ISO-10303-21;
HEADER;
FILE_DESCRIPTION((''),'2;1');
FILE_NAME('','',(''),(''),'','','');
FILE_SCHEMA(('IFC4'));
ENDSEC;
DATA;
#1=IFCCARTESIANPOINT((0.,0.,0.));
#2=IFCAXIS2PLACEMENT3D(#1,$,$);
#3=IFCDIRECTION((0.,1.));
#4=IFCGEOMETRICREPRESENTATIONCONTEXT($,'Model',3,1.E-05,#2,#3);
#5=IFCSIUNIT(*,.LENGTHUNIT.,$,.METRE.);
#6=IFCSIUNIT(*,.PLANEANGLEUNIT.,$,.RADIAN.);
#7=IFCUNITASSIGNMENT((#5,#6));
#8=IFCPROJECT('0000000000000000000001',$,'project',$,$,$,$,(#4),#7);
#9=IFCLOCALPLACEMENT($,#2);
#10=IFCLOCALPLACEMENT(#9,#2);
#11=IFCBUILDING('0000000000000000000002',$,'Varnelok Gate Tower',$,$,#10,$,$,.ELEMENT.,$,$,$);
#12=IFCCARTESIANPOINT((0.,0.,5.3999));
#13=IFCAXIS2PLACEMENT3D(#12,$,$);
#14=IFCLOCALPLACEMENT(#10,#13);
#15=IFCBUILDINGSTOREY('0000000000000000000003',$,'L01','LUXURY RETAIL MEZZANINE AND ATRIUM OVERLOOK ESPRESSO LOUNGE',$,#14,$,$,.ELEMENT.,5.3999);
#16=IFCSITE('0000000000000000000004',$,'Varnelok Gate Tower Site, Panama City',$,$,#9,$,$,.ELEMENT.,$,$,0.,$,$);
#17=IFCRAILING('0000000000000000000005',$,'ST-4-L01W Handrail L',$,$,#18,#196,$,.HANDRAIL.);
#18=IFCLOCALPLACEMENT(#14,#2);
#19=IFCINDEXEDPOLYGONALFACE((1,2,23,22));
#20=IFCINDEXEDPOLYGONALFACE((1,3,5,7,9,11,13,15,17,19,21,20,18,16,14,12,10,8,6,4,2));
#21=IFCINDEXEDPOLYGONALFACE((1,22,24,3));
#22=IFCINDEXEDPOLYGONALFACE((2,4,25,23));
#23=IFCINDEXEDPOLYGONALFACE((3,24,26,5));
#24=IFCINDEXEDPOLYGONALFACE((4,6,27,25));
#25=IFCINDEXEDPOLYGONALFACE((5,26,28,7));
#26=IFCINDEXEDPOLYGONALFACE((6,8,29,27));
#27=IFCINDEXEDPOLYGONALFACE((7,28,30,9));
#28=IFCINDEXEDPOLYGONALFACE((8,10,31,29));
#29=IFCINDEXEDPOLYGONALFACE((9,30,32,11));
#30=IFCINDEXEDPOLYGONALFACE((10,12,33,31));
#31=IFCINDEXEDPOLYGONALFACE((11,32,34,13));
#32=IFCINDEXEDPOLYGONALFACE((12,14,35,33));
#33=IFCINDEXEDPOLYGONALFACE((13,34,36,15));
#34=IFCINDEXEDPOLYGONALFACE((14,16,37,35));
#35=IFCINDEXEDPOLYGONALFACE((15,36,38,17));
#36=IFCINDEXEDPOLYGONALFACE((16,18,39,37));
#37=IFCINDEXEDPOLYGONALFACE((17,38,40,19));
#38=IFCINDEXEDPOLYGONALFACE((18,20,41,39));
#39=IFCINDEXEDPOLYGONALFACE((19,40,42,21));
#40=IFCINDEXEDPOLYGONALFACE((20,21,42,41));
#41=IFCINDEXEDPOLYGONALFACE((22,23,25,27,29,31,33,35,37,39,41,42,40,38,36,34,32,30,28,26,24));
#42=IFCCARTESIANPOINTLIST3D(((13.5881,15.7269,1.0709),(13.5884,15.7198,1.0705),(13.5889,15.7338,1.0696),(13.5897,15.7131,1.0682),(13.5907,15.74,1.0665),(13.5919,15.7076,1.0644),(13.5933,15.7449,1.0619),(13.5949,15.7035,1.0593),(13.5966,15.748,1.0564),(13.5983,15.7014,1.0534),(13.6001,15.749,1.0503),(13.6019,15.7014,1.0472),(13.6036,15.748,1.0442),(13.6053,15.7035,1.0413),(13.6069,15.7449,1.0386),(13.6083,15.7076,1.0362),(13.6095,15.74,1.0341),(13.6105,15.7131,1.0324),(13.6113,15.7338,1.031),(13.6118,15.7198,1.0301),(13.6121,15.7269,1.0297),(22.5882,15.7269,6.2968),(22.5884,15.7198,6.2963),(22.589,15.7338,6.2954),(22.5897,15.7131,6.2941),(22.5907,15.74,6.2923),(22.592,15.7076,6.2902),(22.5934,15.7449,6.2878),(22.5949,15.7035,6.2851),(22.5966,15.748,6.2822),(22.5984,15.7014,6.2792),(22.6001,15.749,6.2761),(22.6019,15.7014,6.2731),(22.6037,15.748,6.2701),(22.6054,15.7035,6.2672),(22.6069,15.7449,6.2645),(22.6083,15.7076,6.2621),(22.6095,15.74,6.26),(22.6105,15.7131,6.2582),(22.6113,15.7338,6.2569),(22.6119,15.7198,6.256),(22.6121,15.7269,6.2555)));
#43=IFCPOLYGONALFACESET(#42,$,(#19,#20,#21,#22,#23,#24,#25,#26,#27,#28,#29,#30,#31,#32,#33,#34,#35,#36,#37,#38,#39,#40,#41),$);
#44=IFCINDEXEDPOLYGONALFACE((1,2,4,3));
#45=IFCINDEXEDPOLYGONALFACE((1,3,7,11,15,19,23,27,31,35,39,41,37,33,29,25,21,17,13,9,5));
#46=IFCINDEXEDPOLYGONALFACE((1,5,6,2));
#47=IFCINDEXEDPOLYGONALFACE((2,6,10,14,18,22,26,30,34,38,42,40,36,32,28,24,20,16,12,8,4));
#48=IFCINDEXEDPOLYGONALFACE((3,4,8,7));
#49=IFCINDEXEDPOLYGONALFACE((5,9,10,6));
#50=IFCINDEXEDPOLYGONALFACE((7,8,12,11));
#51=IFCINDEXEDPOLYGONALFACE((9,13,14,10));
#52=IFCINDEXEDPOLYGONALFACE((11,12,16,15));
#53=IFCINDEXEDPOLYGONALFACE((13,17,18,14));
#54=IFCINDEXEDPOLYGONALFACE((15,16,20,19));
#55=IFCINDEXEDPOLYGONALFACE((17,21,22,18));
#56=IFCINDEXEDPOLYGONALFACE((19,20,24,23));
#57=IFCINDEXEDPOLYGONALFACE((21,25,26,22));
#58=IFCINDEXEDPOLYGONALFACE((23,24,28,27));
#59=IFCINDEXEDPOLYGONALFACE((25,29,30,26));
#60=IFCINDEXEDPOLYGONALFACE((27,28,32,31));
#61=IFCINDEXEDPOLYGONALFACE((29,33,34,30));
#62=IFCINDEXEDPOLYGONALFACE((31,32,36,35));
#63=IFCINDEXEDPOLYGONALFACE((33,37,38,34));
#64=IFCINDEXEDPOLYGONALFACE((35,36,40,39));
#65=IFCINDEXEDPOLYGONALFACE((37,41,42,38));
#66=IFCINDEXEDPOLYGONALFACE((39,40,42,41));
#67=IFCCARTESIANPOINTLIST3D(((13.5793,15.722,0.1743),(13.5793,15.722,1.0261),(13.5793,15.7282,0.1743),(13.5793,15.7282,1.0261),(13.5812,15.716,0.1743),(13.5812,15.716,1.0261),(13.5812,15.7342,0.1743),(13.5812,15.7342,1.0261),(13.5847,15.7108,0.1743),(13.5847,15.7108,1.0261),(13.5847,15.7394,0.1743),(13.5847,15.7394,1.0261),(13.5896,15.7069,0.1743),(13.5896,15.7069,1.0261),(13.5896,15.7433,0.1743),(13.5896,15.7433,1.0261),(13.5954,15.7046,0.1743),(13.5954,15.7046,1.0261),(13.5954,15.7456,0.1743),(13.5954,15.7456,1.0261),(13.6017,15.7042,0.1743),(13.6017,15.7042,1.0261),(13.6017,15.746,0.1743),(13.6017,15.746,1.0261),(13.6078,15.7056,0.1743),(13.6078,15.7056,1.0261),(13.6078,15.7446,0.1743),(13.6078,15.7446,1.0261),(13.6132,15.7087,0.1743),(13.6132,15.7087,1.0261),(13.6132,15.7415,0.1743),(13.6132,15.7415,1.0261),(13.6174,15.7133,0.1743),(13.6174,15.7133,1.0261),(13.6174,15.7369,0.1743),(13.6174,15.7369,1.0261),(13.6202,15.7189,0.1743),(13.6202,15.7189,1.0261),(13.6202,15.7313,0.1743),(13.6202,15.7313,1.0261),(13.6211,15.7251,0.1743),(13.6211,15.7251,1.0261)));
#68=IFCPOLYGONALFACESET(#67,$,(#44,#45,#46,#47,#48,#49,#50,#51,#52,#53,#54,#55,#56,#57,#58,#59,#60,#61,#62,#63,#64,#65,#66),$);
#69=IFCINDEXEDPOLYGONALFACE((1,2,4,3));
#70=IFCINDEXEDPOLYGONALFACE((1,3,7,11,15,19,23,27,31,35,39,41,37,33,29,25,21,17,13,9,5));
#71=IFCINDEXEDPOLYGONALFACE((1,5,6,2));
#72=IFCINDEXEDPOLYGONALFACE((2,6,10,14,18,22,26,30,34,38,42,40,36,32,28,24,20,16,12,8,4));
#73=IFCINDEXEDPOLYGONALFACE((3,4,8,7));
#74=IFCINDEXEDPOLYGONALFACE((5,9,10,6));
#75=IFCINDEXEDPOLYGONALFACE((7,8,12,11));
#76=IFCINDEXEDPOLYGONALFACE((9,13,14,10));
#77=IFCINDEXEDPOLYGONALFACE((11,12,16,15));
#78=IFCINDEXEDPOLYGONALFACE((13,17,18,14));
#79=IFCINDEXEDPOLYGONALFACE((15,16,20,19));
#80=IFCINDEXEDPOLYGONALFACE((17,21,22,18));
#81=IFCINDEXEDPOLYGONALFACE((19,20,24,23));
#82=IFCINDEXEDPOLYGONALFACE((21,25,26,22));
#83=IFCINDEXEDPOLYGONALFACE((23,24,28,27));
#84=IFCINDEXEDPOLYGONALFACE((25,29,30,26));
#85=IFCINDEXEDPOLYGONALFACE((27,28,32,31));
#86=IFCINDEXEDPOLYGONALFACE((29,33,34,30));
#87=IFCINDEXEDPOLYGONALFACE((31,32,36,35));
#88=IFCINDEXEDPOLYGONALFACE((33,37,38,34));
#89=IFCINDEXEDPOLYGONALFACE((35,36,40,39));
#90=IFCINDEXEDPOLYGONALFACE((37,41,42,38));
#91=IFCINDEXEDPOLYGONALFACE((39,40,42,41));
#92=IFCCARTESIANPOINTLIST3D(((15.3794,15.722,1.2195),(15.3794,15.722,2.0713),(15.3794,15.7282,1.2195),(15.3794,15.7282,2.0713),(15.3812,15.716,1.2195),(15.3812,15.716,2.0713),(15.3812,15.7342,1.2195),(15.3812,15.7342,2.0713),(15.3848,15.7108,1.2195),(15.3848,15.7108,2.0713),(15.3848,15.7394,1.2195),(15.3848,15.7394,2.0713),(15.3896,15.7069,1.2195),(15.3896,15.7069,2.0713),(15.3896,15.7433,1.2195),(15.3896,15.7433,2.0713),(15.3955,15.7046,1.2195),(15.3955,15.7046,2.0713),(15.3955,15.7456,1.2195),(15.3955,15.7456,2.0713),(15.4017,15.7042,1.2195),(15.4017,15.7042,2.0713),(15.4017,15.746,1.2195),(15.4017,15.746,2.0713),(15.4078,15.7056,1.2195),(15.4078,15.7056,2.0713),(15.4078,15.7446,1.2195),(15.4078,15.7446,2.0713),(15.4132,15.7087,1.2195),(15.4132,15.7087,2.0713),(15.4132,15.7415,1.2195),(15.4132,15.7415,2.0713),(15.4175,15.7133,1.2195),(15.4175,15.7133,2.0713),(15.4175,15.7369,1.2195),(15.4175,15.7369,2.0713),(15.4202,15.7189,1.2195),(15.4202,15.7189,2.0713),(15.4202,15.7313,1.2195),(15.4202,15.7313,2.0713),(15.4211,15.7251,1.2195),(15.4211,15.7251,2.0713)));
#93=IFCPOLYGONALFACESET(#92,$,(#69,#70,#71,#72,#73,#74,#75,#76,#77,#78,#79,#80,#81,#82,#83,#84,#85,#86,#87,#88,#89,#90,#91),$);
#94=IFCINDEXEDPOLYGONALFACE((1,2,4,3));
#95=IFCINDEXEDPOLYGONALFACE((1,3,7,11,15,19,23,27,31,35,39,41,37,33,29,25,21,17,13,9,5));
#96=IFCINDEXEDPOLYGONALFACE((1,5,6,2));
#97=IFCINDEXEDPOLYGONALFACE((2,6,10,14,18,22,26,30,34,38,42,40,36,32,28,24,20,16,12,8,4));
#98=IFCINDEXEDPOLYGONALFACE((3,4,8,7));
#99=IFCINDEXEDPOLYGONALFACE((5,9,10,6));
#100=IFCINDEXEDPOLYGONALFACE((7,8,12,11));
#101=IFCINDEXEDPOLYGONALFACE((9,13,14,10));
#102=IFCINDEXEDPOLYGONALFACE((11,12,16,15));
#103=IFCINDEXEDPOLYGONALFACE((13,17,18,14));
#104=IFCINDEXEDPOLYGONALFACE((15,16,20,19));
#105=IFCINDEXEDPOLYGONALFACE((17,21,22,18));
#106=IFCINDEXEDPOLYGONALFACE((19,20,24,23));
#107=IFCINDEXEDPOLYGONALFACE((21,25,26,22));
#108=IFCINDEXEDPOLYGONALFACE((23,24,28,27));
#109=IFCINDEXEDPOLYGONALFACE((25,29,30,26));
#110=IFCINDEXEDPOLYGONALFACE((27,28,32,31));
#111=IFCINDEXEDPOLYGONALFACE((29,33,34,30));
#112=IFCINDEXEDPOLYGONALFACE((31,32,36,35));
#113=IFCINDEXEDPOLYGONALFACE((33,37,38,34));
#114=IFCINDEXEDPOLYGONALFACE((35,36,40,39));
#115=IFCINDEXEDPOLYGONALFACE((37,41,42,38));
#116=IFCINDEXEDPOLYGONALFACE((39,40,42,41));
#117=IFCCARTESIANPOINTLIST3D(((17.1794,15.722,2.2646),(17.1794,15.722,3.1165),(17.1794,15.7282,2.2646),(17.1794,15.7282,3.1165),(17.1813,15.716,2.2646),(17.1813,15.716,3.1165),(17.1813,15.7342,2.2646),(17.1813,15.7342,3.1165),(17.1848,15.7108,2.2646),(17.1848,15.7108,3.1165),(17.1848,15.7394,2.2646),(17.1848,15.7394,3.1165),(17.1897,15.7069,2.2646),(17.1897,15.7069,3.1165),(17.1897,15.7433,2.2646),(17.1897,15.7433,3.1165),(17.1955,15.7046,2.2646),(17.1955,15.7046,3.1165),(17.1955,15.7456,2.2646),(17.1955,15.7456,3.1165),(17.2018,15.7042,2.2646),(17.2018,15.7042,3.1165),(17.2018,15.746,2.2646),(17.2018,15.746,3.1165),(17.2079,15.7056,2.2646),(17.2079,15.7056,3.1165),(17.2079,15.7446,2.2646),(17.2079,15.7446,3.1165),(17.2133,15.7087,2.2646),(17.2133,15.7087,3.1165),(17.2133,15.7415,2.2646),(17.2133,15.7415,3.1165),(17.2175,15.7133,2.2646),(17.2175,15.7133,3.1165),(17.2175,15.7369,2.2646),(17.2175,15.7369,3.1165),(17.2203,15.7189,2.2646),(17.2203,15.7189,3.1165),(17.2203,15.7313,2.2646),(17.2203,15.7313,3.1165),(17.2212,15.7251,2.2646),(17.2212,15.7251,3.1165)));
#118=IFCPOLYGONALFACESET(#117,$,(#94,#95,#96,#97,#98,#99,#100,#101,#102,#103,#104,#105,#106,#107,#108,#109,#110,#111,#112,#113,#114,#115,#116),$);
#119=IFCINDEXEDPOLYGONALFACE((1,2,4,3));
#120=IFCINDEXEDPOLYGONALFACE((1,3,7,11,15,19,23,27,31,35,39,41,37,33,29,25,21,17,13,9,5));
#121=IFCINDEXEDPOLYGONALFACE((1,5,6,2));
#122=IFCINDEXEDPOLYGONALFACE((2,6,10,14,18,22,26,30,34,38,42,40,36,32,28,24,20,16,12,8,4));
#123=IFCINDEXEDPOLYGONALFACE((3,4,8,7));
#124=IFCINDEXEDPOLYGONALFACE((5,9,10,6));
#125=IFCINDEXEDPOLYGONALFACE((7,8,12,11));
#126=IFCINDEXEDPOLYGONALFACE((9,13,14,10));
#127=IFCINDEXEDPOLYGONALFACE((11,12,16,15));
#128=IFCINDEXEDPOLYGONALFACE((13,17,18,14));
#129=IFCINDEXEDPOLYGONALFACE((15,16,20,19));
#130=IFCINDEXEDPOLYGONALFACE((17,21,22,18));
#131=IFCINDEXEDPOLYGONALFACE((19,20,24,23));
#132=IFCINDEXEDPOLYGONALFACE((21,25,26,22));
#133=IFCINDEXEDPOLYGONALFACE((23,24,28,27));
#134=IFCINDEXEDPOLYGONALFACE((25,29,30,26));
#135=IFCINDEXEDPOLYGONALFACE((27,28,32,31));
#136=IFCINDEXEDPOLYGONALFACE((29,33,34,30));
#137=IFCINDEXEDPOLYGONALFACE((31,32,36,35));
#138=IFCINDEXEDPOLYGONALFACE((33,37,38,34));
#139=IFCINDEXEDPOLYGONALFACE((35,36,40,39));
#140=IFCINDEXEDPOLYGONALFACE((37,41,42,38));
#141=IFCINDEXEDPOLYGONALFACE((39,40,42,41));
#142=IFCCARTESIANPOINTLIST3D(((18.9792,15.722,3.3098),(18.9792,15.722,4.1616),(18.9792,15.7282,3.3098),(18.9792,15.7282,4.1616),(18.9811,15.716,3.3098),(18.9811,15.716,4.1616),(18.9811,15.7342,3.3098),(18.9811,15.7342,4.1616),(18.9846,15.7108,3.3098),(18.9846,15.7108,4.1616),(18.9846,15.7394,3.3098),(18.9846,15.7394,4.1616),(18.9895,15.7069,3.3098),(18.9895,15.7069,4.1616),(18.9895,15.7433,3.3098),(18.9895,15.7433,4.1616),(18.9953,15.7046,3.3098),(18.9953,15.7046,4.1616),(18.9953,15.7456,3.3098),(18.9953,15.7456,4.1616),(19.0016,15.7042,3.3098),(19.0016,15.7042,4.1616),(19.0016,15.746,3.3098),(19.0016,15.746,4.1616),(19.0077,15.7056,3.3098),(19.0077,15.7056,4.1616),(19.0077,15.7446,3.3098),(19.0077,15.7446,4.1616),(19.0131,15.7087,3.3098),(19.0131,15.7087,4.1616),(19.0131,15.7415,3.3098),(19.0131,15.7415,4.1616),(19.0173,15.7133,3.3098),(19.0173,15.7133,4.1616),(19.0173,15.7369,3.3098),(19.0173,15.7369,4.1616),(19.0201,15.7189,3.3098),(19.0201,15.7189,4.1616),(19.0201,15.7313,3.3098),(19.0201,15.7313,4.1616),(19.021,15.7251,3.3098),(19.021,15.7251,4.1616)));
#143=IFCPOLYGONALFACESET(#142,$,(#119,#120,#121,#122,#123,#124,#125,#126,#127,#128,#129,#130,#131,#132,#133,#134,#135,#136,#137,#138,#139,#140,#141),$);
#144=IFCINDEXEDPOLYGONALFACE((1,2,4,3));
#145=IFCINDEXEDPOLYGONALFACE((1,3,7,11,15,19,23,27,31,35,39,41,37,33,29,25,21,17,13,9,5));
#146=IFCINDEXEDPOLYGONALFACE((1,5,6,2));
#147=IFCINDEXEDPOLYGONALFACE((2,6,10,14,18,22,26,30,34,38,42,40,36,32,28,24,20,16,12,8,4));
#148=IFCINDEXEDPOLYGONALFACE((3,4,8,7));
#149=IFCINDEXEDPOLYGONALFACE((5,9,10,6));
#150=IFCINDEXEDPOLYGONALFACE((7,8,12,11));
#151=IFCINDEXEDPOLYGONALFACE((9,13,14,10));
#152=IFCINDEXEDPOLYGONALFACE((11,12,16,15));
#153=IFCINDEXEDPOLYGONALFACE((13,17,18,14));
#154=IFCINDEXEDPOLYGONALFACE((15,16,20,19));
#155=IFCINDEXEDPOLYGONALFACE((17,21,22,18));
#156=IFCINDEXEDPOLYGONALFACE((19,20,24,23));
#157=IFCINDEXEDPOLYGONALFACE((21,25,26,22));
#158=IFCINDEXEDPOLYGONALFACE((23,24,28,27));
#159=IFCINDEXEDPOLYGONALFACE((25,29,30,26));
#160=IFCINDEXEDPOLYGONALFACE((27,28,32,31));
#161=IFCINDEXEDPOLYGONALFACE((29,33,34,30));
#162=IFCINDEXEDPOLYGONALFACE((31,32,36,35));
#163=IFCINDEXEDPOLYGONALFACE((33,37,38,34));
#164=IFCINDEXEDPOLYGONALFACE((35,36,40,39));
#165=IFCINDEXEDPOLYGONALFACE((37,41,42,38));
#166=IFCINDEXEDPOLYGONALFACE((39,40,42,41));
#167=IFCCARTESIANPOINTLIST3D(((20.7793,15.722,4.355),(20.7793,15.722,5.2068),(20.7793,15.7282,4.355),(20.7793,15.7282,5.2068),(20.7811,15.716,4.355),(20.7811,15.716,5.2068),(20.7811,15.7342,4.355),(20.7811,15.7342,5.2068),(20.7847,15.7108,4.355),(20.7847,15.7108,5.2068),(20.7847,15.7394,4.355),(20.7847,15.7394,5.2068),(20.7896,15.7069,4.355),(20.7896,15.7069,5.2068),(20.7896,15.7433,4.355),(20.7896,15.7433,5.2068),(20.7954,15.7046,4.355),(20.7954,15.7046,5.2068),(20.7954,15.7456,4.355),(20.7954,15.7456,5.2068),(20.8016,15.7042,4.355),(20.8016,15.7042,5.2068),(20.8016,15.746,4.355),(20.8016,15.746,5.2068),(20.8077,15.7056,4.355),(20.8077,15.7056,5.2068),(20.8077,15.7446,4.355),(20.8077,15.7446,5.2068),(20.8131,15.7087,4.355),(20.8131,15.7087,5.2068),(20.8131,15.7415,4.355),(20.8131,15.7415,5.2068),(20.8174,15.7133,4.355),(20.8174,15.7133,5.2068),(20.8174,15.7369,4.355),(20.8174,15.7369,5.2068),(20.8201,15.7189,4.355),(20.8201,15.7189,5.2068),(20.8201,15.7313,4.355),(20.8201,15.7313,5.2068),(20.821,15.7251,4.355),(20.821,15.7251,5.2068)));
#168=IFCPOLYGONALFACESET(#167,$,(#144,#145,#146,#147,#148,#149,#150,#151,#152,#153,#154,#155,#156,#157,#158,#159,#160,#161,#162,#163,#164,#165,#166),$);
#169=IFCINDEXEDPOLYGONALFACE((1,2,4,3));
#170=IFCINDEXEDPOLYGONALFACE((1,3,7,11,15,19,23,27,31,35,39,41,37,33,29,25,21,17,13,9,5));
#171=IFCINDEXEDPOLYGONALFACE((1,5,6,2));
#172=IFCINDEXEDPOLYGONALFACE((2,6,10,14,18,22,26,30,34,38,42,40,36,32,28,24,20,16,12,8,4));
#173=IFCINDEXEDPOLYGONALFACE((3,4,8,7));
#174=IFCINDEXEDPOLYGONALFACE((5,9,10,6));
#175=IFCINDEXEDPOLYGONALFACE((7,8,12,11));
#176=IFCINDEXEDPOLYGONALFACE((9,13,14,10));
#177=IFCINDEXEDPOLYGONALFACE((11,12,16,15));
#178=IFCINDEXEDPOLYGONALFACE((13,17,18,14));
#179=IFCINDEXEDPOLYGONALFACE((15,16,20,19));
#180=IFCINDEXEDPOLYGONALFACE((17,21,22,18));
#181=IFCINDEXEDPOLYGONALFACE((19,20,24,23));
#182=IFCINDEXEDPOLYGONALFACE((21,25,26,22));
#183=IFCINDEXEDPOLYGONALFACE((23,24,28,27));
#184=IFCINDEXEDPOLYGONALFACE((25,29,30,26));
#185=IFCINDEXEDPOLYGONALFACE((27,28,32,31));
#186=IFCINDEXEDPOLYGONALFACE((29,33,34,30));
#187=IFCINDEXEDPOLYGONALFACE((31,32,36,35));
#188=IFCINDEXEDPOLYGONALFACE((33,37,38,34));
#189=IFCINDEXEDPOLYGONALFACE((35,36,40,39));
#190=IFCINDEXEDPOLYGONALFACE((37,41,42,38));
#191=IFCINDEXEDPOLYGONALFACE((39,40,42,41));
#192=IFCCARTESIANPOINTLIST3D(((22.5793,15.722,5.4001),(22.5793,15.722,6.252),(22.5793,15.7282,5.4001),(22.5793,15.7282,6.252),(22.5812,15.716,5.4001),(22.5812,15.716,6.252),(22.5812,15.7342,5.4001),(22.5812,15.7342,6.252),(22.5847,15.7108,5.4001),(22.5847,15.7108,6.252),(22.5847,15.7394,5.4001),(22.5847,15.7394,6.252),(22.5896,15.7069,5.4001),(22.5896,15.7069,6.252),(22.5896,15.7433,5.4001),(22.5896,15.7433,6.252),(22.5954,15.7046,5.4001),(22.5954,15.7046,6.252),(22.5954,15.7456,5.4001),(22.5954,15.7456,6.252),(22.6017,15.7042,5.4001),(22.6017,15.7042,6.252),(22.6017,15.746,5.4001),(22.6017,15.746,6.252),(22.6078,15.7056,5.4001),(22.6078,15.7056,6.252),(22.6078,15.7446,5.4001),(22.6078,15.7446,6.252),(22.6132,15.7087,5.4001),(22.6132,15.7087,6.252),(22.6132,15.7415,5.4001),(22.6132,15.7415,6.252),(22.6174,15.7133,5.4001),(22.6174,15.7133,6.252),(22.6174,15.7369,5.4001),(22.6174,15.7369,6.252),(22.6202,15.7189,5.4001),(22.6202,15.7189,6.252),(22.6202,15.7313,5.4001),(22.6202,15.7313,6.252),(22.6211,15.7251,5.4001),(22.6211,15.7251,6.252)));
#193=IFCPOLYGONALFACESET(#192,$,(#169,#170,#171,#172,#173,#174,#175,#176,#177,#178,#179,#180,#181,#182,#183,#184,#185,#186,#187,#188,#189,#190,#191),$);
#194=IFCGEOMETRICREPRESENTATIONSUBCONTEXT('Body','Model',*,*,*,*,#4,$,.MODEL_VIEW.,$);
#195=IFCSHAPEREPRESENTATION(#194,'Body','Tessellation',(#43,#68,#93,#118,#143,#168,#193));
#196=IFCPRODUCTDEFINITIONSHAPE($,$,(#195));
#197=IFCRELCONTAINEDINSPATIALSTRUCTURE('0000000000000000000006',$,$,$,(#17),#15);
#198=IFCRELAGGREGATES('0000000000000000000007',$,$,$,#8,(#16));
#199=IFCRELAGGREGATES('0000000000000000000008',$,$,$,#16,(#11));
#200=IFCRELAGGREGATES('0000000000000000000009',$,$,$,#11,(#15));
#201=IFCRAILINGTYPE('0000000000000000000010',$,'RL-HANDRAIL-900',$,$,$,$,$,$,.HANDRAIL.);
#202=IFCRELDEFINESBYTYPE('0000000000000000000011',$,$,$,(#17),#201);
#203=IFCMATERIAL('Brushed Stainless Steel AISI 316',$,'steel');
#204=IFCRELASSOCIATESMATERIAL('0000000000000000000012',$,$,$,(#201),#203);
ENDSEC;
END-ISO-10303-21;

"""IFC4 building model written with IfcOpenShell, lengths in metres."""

from ifc_helpers import new_model, si_unit, direction, frame, origin, origin_2d, place, context, subcontext, project, spatial, circle, extrude, material, type_object, element, save


model = new_model("IFC4")

# Units and contexts
model_context = context("Model", 3, precision=1e-05, world=origin(), true_north=direction((0.0, 1.0)))
body_context = subcontext(model_context, "Body", "Model", "MODEL_VIEW")
ifc_project = project(units=[si_unit("LENGTHUNIT", "METRE"), si_unit("PLANEANGLEUNIT", "RADIAN")], contexts=[model_context])

# Site, building, storey
site_placement = place(None, origin())
site = spatial("IfcSite", under=ifc_project, at=site_placement, Name="Varnelok Gate Tower Site, Panama City", CompositionType="ELEMENT", RefElevation=0.0)
building_placement = place(site_placement, origin())
building = spatial("IfcBuilding", under=site, at=building_placement, Name="Varnelok Gate Tower", CompositionType="ELEMENT")
storey_placement = place(building_placement, frame((0.0, 0.0, 5.3999)))
storey = spatial("IfcBuildingStorey", under=building, at=storey_placement, Name="L01", Description="LUXURY RETAIL MEZZANINE AND ATRIUM OVERLOOK ESPRESSO LOUNGE", CompositionType="ELEMENT", Elevation=5.3999)

# Railing
ifc_material_1 = material(Name="Brushed Stainless Steel AISI 316", Category="steel")
railing_type = type_object("IfcRailingType", Name="RL-HANDRAIL-900", PredefinedType="HANDRAIL", material=ifc_material_1)
for number, where, name in (
    (1, (13.6001, 15.7251, 0.1743), "ST-4-L01W Handrail L"),
):
    element("IfcRailing", number, at=place(storey_placement, frame(where)), inside=storey, type_object=railing_type, Name=name, PredefinedType="HANDRAIL", context=body_context, shape_type="SweptSolid", body=[
        extrude(circle(Radius=0.0239, at=origin_2d()), frame((0.0, 0.0, 0.876), z_axis=(0.864788, 0.0, 0.502137), x_axis=(0.0, 1.0, 0.0)), (0.0, 0.0, 1.0), 10.4072),
        extrude(circle(Radius=0.021, at=origin_2d()), origin(), (0.0, 0.0, 1.0), 0.8518),
        extrude(circle(Radius=0.021, at=origin_2d()), frame((1.8, 0.0, 1.0452)), (0.0, 0.0, 1.0), 0.8518),
        extrude(circle(Radius=0.021, at=origin_2d()), frame((3.6001, 0.0, 2.0903)), (0.0, 0.0, 1.0), 0.8518),
        extrude(circle(Radius=0.021, at=origin_2d()), frame((5.3999, 0.0, 3.1355)), (0.0, 0.0, 1.0), 0.8518),
        extrude(circle(Radius=0.021, at=origin_2d()), frame((7.2, 0.0, 4.1807)), (0.0, 0.0, 1.0), 0.8518),
        extrude(circle(Radius=0.021, at=origin_2d()), frame((9.0, 0.0, 5.2258)), (0.0, 0.0, 1.0), 0.8518),
    ])

save(model, "model.ifc")
